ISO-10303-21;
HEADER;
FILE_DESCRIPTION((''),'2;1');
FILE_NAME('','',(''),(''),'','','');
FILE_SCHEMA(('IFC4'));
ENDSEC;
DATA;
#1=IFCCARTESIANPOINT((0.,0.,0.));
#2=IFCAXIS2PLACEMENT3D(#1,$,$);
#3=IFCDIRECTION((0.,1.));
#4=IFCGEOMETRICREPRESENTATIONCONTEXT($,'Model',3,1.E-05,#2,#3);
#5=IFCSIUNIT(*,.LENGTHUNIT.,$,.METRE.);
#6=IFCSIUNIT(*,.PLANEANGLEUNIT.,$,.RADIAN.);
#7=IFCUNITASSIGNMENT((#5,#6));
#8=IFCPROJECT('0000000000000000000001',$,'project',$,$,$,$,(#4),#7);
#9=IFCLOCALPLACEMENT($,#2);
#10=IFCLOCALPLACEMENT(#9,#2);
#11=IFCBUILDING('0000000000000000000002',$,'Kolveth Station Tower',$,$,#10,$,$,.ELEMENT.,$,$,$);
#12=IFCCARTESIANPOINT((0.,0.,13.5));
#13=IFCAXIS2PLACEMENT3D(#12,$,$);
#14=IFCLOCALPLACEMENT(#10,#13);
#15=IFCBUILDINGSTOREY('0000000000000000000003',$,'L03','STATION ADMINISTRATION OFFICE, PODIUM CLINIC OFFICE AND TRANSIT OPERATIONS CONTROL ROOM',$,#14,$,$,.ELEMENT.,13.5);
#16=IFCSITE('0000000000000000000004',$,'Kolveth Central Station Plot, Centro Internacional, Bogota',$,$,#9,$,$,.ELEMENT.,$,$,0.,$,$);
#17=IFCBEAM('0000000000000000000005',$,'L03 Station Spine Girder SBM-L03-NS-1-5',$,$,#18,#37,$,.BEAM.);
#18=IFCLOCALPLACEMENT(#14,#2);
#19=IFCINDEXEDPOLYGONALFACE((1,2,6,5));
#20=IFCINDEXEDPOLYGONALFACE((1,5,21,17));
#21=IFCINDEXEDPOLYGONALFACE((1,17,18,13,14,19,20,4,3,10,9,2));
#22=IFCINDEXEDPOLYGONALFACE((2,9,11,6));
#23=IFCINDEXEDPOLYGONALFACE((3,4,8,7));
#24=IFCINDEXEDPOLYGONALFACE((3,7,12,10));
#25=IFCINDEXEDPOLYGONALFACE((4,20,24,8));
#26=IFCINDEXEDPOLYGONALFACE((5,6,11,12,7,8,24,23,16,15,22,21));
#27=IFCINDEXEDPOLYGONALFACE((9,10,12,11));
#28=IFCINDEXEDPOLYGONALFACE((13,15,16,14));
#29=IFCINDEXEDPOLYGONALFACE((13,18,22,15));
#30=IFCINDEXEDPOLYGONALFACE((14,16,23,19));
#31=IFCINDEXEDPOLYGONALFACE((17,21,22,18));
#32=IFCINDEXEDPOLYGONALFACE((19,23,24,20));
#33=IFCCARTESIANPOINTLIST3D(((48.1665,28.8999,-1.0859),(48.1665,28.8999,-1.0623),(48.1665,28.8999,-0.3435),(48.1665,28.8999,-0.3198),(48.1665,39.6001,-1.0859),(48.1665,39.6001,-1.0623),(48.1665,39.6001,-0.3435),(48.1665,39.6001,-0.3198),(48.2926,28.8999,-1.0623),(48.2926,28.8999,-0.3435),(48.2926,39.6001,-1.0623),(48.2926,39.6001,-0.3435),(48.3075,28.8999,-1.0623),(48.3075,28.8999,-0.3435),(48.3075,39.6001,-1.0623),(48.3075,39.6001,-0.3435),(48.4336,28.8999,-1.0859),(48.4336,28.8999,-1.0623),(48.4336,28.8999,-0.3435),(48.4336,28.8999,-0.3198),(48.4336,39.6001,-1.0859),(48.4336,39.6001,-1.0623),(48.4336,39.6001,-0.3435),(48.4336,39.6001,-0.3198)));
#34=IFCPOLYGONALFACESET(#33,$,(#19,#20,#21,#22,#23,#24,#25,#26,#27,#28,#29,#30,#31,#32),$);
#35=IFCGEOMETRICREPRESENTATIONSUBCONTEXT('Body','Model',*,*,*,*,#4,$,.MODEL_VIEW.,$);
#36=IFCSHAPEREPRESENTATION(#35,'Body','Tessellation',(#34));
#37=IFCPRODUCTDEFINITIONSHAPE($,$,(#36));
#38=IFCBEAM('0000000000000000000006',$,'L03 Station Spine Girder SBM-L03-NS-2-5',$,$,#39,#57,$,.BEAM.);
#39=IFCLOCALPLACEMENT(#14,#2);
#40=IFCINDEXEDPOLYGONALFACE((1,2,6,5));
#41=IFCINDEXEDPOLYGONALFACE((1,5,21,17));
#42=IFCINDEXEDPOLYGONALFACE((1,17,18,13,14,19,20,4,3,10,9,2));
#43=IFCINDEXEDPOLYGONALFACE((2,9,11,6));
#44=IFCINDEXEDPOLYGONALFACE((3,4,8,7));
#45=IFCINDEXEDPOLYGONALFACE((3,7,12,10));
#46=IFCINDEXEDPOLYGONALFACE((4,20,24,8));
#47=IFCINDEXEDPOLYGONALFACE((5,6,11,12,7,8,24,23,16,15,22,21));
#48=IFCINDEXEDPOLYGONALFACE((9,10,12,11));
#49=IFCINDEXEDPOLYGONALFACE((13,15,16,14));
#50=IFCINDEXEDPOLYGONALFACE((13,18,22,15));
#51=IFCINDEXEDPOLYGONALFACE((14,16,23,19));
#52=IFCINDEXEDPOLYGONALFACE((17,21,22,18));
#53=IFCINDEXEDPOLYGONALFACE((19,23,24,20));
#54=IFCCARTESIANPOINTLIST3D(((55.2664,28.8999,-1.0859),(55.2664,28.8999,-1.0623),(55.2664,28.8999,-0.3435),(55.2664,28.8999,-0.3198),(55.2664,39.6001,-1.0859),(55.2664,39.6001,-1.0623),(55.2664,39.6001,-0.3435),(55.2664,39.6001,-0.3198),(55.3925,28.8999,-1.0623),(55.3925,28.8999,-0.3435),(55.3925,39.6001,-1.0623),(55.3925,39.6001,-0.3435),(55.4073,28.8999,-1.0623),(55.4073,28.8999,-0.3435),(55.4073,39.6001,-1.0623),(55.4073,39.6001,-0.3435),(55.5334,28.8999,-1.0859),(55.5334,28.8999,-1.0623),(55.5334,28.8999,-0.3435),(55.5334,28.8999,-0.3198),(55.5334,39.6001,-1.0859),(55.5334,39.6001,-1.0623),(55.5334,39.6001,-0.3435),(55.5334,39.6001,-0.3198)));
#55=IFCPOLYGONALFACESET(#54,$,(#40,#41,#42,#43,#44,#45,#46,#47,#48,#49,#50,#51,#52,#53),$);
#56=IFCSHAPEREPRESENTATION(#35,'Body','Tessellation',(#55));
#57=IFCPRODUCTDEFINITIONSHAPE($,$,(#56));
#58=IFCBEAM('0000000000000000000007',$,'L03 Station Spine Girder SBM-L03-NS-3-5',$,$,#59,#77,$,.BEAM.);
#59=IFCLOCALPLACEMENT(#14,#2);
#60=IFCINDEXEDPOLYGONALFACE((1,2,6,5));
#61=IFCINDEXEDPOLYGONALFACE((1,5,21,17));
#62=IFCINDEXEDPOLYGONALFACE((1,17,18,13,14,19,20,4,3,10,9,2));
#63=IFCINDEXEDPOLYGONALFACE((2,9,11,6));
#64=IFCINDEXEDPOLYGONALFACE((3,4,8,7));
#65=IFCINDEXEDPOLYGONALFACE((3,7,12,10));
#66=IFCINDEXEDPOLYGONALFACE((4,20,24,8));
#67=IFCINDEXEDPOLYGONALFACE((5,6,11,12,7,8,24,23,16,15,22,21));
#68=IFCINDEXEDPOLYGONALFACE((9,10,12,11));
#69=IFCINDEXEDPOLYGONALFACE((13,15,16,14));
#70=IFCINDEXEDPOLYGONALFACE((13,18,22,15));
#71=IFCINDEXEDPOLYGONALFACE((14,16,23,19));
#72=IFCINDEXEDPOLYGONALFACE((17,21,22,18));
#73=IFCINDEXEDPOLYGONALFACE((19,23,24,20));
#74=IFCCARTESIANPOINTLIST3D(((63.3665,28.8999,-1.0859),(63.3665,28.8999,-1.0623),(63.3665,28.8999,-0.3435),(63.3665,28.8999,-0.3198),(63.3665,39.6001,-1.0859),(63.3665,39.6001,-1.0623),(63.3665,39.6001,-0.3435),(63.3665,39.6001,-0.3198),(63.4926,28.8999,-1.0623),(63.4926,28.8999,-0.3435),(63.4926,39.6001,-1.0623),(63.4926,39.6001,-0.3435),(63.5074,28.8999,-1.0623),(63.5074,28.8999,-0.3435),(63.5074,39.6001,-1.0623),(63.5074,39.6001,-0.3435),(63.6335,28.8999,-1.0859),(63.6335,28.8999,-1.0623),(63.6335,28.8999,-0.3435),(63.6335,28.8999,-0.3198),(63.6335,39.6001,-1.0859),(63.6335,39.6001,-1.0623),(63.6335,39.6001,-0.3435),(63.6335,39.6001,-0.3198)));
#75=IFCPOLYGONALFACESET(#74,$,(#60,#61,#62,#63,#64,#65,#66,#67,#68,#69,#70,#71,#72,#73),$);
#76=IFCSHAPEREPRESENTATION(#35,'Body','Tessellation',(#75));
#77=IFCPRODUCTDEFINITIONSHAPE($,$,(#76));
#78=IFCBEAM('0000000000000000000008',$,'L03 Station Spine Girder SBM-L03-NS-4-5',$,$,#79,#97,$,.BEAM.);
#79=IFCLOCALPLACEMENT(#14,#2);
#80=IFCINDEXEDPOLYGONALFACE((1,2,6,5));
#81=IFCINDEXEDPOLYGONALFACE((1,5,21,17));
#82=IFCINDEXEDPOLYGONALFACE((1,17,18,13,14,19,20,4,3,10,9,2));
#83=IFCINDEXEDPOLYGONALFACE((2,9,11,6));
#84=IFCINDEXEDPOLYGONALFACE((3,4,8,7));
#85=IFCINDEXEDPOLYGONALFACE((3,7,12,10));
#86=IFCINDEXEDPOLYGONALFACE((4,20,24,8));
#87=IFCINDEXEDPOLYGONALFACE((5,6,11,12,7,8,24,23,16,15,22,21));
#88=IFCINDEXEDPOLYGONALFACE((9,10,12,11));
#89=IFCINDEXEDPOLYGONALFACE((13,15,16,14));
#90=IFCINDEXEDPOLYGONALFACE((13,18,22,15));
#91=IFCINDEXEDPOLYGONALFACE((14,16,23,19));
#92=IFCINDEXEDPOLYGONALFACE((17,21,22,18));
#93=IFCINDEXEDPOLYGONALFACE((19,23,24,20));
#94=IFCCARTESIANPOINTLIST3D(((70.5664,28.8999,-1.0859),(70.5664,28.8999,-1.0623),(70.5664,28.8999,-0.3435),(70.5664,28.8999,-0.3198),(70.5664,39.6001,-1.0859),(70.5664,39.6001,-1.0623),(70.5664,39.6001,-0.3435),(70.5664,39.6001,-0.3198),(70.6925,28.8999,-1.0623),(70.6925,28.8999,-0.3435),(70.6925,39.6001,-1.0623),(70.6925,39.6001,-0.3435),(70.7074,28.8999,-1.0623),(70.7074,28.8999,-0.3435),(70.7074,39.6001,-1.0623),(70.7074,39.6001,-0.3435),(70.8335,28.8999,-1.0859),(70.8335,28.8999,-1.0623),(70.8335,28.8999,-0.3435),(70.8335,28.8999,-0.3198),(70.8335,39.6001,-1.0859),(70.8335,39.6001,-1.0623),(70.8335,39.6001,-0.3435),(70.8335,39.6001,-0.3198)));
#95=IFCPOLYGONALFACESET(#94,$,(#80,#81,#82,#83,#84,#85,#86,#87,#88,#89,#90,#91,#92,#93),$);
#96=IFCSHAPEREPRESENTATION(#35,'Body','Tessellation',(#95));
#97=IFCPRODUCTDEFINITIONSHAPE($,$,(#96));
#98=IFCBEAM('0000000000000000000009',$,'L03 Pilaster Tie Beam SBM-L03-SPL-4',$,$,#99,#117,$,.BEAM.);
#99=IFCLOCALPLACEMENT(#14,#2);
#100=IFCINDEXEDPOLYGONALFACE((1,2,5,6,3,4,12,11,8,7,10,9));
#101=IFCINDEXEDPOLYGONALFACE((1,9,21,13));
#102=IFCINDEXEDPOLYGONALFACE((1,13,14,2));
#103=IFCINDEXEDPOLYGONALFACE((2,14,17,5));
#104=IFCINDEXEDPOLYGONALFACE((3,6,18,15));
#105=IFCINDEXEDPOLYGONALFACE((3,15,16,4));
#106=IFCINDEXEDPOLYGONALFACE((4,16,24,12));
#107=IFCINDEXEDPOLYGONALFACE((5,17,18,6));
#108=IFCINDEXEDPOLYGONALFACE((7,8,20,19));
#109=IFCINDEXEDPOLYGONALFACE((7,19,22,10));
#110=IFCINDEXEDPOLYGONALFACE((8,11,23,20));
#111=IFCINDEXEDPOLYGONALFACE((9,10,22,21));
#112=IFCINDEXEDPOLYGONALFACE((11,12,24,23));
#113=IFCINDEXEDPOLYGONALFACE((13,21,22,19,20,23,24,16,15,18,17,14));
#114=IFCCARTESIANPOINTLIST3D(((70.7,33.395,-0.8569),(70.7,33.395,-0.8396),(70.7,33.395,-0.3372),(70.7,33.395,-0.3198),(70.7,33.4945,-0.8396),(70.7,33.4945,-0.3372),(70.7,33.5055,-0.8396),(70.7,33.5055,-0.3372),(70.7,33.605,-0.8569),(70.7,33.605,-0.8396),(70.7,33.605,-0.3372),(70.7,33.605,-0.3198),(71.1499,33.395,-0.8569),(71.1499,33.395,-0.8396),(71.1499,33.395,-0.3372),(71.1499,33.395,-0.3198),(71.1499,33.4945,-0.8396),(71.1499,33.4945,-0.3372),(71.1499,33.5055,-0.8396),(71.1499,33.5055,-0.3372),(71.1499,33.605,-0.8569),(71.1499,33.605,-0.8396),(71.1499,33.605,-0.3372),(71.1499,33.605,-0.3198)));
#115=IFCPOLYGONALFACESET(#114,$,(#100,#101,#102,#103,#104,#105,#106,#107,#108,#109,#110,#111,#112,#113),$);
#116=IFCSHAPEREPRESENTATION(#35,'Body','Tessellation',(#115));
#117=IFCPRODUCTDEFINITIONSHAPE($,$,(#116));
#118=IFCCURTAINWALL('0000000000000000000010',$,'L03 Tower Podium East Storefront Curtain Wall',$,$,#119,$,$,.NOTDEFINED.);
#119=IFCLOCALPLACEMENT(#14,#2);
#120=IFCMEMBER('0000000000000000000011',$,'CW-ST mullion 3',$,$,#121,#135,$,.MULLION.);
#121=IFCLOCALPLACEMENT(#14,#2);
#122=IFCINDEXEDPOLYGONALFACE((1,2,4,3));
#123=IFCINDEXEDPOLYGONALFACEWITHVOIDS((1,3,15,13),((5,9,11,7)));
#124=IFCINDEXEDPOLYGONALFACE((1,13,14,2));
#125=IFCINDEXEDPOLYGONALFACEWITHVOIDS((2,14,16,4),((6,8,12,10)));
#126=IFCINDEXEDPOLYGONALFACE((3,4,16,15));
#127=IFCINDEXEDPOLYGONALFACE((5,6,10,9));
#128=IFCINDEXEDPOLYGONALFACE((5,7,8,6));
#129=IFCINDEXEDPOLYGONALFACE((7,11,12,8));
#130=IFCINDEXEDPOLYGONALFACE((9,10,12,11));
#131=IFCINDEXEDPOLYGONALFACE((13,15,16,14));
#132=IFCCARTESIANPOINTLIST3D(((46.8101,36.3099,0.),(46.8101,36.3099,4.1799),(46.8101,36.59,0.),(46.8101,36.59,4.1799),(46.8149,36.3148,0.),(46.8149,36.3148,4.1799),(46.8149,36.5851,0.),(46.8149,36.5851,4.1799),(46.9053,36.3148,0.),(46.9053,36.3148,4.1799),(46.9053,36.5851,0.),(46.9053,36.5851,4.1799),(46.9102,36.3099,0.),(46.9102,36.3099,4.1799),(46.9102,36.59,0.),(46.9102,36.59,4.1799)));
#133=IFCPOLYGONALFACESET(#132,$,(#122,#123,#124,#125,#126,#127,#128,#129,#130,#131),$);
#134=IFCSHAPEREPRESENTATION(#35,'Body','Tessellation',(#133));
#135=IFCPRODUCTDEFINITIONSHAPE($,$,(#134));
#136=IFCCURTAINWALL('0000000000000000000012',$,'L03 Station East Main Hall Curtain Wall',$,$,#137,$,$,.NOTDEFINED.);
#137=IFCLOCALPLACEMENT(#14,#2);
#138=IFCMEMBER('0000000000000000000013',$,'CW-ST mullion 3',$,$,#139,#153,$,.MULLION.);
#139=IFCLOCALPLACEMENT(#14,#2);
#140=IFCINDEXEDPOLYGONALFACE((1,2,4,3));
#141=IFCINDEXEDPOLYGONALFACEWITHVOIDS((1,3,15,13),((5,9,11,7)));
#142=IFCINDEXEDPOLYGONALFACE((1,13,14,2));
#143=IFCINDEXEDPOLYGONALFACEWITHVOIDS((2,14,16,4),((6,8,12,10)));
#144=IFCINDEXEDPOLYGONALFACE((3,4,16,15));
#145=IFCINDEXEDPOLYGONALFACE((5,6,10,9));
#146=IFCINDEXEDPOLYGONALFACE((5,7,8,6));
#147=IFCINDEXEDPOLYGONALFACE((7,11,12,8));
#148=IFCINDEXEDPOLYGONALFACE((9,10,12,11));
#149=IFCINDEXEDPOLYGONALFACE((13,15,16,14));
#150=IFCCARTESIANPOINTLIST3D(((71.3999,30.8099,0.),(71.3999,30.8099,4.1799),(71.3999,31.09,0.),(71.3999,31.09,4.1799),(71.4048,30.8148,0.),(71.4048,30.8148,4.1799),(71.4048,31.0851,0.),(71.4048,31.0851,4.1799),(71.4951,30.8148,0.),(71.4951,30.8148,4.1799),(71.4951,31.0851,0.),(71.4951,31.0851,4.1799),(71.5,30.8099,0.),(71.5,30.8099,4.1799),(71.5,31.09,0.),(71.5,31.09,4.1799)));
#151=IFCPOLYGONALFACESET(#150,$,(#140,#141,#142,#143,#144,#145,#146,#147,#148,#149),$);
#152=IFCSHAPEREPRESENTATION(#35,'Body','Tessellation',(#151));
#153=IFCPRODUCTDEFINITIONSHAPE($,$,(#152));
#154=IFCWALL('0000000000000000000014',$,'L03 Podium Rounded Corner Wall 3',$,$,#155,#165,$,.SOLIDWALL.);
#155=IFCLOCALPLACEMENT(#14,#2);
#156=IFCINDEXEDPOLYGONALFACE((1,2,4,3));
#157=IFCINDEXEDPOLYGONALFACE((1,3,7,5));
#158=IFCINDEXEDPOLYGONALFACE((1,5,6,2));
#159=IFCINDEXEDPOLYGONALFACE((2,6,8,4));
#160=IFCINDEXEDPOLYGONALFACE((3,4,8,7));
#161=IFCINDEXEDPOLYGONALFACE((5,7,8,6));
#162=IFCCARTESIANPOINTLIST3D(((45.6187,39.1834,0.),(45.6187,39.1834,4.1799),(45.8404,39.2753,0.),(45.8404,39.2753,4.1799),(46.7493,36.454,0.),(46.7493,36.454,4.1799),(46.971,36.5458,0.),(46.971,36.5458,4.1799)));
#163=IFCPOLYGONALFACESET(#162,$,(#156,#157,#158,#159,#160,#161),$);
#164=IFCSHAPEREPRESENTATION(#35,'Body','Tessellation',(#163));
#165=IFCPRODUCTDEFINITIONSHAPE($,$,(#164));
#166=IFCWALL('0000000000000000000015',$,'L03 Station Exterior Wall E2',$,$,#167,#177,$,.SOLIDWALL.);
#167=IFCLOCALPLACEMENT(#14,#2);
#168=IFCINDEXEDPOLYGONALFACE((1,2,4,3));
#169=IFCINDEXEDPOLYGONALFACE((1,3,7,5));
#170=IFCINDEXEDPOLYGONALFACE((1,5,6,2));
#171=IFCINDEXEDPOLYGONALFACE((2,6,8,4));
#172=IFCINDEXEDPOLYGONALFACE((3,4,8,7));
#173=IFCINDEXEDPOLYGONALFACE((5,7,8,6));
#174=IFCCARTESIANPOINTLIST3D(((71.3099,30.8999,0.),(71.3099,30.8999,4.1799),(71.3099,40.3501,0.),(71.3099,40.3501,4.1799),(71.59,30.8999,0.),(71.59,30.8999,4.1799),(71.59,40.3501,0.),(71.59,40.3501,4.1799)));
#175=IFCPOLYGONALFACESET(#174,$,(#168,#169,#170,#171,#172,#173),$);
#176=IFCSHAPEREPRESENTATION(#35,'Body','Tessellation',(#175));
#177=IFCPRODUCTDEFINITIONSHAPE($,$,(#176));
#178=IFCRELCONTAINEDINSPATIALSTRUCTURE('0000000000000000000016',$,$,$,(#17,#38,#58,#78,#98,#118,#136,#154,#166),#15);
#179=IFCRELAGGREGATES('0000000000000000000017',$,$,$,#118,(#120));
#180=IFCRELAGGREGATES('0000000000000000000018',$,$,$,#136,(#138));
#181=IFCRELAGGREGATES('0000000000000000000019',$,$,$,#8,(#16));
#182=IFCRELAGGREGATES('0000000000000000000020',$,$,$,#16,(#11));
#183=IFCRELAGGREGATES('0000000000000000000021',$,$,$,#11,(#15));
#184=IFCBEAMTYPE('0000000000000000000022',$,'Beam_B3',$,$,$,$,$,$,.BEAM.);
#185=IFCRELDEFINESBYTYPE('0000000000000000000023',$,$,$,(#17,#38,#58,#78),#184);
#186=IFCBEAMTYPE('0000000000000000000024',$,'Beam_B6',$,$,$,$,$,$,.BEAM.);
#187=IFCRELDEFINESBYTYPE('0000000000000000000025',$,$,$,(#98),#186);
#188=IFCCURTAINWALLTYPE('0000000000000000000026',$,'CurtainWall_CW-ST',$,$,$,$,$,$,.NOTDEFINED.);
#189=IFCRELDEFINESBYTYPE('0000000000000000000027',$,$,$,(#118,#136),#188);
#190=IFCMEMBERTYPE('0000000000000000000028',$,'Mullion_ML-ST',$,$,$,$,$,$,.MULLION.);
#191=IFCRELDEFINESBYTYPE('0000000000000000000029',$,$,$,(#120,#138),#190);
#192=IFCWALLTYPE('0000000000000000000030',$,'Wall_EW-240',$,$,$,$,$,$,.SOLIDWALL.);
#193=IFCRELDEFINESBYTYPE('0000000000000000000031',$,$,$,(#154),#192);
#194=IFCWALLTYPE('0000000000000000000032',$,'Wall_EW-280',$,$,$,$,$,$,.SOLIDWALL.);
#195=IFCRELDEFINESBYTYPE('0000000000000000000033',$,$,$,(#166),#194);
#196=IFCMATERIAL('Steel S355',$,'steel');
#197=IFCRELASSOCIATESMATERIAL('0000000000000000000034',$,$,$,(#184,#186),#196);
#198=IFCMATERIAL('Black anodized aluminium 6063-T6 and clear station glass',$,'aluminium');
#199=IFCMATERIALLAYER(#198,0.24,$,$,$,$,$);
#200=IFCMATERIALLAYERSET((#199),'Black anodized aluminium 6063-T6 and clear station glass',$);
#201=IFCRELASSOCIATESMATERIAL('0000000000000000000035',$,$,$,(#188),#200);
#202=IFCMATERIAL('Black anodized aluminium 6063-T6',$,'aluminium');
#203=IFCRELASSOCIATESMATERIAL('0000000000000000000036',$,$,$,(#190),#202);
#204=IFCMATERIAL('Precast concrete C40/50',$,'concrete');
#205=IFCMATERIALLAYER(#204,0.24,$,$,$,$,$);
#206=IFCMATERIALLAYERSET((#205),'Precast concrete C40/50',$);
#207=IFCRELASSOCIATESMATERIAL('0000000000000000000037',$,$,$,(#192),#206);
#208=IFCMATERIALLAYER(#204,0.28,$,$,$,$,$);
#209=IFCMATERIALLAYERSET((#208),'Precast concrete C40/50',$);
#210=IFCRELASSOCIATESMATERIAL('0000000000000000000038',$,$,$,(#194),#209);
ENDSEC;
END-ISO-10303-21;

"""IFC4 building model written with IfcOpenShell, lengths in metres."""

from ifc_helpers import new_model, si_unit, direction, frame, frame_2d, origin, origin_2d, place, context, subcontext, project, spatial, rectangle, hollow_rectangle, i_section, extrude, source, transform, mapped, material, layer, layer_set, material_profile, profile_set, type_object, element, aggregate, save


model = new_model("IFC4")

# Units and contexts
model_context = context("Model", 3, precision=1e-05, world=origin(), true_north=direction((0.0, 1.0)))
body_context = subcontext(model_context, "Body", "Model", "MODEL_VIEW")
ifc_project = project(units=[si_unit("LENGTHUNIT", "METRE"), si_unit("PLANEANGLEUNIT", "RADIAN")], contexts=[model_context])

# Site, building, storey
site_placement = place(None, origin())
site = spatial("IfcSite", under=ifc_project, at=site_placement, Name="Kolveth Central Station Plot, Centro Internacional, Bogota", CompositionType="ELEMENT", RefElevation=0.0)
building_placement = place(site_placement, origin())
building = spatial("IfcBuilding", under=site, at=building_placement, Name="Kolveth Station Tower", CompositionType="ELEMENT")
storey_placement = place(building_placement, frame((0.0, 0.0, 13.5)))
storey = spatial("IfcBuildingStorey", under=building, at=storey_placement, Name="L03", Description="STATION ADMINISTRATION OFFICE, PODIUM CLINIC OFFICE AND TRANSIT OPERATIONS CONTROL ROOM", CompositionType="ELEMENT", Elevation=13.5)

# Shared definitions
ifc_material_1 = material(Name="Steel S355", Category="steel")

# Beams
ifc_material_profile_1 = material_profile(ifc_material_1, i_section(OverallWidth=0.2671, OverallDepth=0.7661, WebThickness=0.0149, FlangeThickness=0.0237, at=origin_2d()), Name="W760x185")
ifc_profile_set_1 = profile_set([ifc_material_profile_1], Name="Steel S355")
beam_type_1 = type_object("IfcBeamType", Name="Beam_B3", PredefinedType="BEAM", material=ifc_profile_set_1)
shared_shape_1 = source(origin(), body_context, "Body", "SweptSolid", [
    extrude(i_section(OverallWidth=0.2671, OverallDepth=0.7661, WebThickness=0.0149, FlangeThickness=0.0237, at=origin_2d()), origin(), (0.0, 0.0, 1.0), 10.7002),
])
for number, where, z_axis, x_axis, name in (
    (1, (48.3, 28.8999, -0.7029), (0.0, 1.0, 0.0), (-1.0, 0.0, 0.0), "L03 Station Spine Girder SBM-L03-NS-1-5"),
    (2, (55.3999, 28.8999, -0.7029), (0.0, 1.0, 0.0), (-1.0, 0.0, 0.0), "L03 Station Spine Girder SBM-L03-NS-2-5"),
    (3, (63.5, 28.8999, -0.7029), (0.0, 1.0, 0.0), (-1.0, 0.0, 0.0), "L03 Station Spine Girder SBM-L03-NS-3-5"),
    (4, (70.7, 28.8999, -0.7029), (0.0, 1.0, 0.0), (-1.0, 0.0, 0.0), "L03 Station Spine Girder SBM-L03-NS-4-5"),
):
    element("IfcBeam", number, at=place(storey_placement, frame(where, z_axis=z_axis, x_axis=x_axis)), inside=storey, type_object=beam_type_1, Name=name, PredefinedType="BEAM", context=body_context, shape_type="MappedRepresentation", body=[
        mapped(shared_shape_1, transform((0.0, 0.0, 0.0), x_axis=(1.0, 0.0, 0.0), y_axis=(0.0, 1.0, 0.0), z_axis=(0.0, 0.0, 1.0), scale=1.0)),
    ])
ifc_material_profile_2 = material_profile(ifc_material_1, i_section(OverallWidth=0.21, OverallDepth=0.5371, WebThickness=0.011, FlangeThickness=0.0173, at=origin_2d()), Name="W530x101")
ifc_profile_set_2 = profile_set([ifc_material_profile_2], Name="Steel S355")
beam_type_2 = type_object("IfcBeamType", Name="Beam_B6", PredefinedType="BEAM", material=ifc_profile_set_2)
shared_shape_2 = source(origin(), body_context, "Body", "SweptSolid", [
    extrude(i_section(OverallWidth=0.21, OverallDepth=0.5371, WebThickness=0.011, FlangeThickness=0.0173, at=origin_2d()), origin(), (0.0, 0.0, 1.0), 0.45),
])
beam_1_placement = place(storey_placement, frame((70.7, 33.5, -0.5884), z_axis=(1.0, 0.0, 0.0), x_axis=(0.0, 1.0, 0.0)))
element("IfcBeam", 5, at=beam_1_placement, inside=storey, type_object=beam_type_2, Name="L03 Pilaster Tie Beam SBM-L03-SPL-4", PredefinedType="BEAM", context=body_context, shape_type="MappedRepresentation", body=[
    mapped(shared_shape_2, transform((0.0, 0.0, 0.0), x_axis=(1.0, 0.0, 0.0), y_axis=(0.0, 1.0, 0.0), z_axis=(0.0, 0.0, 1.0), scale=1.0)),
])

# Curtain walls, members
ifc_material_2 = material(Name="Black anodized aluminium 6063-T6 and clear station glass", Category="aluminium")
ifc_layer_1 = layer(ifc_material_2, 0.24)
ifc_layer_set_1 = layer_set([ifc_layer_1], Name="Black anodized aluminium 6063-T6 and clear station glass")
curtain_wall_type = type_object("IfcCurtainWallType", Name="CurtainWall_CW-ST", PredefinedType="NOTDEFINED", material=ifc_layer_set_1)
curtain_wall_1_placement = place(storey_placement, origin())
curtain_wall_1 = element("IfcCurtainWall", 6, at=curtain_wall_1_placement, inside=storey, type_object=curtain_wall_type, Name="L03 Tower Podium East Storefront Curtain Wall", PredefinedType="NOTDEFINED")
ifc_material_3 = material(Name="Black anodized aluminium 6063-T6", Category="aluminium")
ifc_material_profile_3 = material_profile(ifc_material_3, hollow_rectangle(XDim=0.1001, YDim=0.28, WallThickness=0.0049, at=origin_2d()), Name="ALU-100x280x5")
ifc_profile_set_3 = profile_set([ifc_material_profile_3], Name="Black anodized aluminium 6063-T6")
member_type = type_object("IfcMemberType", Name="Mullion_ML-ST", PredefinedType="MULLION", material=ifc_profile_set_3)
shared_shape_3 = source(origin(), body_context, "Body", "SweptSolid", [
    extrude(hollow_rectangle(XDim=0.1001, YDim=0.28, WallThickness=0.0049, at=origin_2d()), origin(), (0.0, 0.0, 1.0), 4.1799),
])
member_1_placement = place(storey_placement, frame((46.8601, 36.45, 0.0), z_axis=(0.0, 0.0, 1.0), x_axis=(-1.0, 0.0, 0.0)))
member_1 = element("IfcMember", 7, at=member_1_placement, type_object=member_type, Name="CW-ST mullion 3", PredefinedType="MULLION", context=body_context, shape_type="MappedRepresentation", body=[
    mapped(shared_shape_3, transform((0.0, 0.0, 0.0), x_axis=(1.0, 0.0, 0.0), y_axis=(0.0, 1.0, 0.0), z_axis=(0.0, 0.0, 1.0), scale=1.0)),
])
aggregate(curtain_wall_1, [member_1])
curtain_wall_2_placement = place(storey_placement, origin())
curtain_wall_2 = element("IfcCurtainWall", 8, at=curtain_wall_2_placement, inside=storey, type_object=curtain_wall_type, Name="L03 Station East Main Hall Curtain Wall", PredefinedType="NOTDEFINED")
member_2_placement = place(storey_placement, frame((71.45, 30.95, 0.0), z_axis=(0.0, 0.0, 1.0), x_axis=(-1.0, 0.0, 0.0)))
member_2 = element("IfcMember", 9, at=member_2_placement, type_object=member_type, Name="CW-ST mullion 3", PredefinedType="MULLION", context=body_context, shape_type="MappedRepresentation", body=[
    mapped(shared_shape_3, transform((0.0, 0.0, 0.0), x_axis=(1.0, 0.0, 0.0), y_axis=(0.0, 1.0, 0.0), z_axis=(0.0, 0.0, 1.0), scale=1.0)),
])
aggregate(curtain_wall_2, [member_2])

# Walls
ifc_material_4 = material(Name="Precast concrete C40/50", Category="concrete")
ifc_layer_2 = layer(ifc_material_4, 0.24)
ifc_layer_set_2 = layer_set([ifc_layer_2], Name="Precast concrete C40/50")
wall_type_1 = type_object("IfcWallType", Name="Wall_EW-240", PredefinedType="SOLIDWALL", material=ifc_layer_set_2)
wall_1_placement = place(storey_placement, frame((46.8601, 36.5, 0.0), z_axis=(0.0, 0.0, 1.0), x_axis=(-0.38269, 0.923877, 0.0)))
element("IfcWall", 10, at=wall_1_placement, inside=storey, type_object=wall_type_1, Name="L03 Podium Rounded Corner Wall 3", PredefinedType="SOLIDWALL", context=body_context, shape_type="SweptSolid", body=[
    extrude(rectangle(XDim=2.9543, YDim=0.24, at=frame_2d((1.4771, 0.0))), origin(), (0.0, 0.0, 1.0), 4.1799),
])
ifc_layer_3 = layer(ifc_material_4, 0.28)
ifc_layer_set_3 = layer_set([ifc_layer_3], Name="Precast concrete C40/50")
wall_type_2 = type_object("IfcWallType", Name="Wall_EW-280", PredefinedType="SOLIDWALL", material=ifc_layer_set_3)
wall_2_placement = place(storey_placement, frame((71.45, 30.8999, 0.0), z_axis=(0.0, 0.0, 1.0), x_axis=(0.0, 1.0, 0.0)))
element("IfcWall", 11, at=wall_2_placement, inside=storey, type_object=wall_type_2, Name="L03 Station Exterior Wall E2", PredefinedType="SOLIDWALL", context=body_context, shape_type="SweptSolid", body=[
    extrude(rectangle(XDim=9.4502, YDim=0.28, at=frame_2d((4.7251, 0.0))), origin(), (0.0, 0.0, 1.0), 4.1799),
])

save(model, "model.ifc")
